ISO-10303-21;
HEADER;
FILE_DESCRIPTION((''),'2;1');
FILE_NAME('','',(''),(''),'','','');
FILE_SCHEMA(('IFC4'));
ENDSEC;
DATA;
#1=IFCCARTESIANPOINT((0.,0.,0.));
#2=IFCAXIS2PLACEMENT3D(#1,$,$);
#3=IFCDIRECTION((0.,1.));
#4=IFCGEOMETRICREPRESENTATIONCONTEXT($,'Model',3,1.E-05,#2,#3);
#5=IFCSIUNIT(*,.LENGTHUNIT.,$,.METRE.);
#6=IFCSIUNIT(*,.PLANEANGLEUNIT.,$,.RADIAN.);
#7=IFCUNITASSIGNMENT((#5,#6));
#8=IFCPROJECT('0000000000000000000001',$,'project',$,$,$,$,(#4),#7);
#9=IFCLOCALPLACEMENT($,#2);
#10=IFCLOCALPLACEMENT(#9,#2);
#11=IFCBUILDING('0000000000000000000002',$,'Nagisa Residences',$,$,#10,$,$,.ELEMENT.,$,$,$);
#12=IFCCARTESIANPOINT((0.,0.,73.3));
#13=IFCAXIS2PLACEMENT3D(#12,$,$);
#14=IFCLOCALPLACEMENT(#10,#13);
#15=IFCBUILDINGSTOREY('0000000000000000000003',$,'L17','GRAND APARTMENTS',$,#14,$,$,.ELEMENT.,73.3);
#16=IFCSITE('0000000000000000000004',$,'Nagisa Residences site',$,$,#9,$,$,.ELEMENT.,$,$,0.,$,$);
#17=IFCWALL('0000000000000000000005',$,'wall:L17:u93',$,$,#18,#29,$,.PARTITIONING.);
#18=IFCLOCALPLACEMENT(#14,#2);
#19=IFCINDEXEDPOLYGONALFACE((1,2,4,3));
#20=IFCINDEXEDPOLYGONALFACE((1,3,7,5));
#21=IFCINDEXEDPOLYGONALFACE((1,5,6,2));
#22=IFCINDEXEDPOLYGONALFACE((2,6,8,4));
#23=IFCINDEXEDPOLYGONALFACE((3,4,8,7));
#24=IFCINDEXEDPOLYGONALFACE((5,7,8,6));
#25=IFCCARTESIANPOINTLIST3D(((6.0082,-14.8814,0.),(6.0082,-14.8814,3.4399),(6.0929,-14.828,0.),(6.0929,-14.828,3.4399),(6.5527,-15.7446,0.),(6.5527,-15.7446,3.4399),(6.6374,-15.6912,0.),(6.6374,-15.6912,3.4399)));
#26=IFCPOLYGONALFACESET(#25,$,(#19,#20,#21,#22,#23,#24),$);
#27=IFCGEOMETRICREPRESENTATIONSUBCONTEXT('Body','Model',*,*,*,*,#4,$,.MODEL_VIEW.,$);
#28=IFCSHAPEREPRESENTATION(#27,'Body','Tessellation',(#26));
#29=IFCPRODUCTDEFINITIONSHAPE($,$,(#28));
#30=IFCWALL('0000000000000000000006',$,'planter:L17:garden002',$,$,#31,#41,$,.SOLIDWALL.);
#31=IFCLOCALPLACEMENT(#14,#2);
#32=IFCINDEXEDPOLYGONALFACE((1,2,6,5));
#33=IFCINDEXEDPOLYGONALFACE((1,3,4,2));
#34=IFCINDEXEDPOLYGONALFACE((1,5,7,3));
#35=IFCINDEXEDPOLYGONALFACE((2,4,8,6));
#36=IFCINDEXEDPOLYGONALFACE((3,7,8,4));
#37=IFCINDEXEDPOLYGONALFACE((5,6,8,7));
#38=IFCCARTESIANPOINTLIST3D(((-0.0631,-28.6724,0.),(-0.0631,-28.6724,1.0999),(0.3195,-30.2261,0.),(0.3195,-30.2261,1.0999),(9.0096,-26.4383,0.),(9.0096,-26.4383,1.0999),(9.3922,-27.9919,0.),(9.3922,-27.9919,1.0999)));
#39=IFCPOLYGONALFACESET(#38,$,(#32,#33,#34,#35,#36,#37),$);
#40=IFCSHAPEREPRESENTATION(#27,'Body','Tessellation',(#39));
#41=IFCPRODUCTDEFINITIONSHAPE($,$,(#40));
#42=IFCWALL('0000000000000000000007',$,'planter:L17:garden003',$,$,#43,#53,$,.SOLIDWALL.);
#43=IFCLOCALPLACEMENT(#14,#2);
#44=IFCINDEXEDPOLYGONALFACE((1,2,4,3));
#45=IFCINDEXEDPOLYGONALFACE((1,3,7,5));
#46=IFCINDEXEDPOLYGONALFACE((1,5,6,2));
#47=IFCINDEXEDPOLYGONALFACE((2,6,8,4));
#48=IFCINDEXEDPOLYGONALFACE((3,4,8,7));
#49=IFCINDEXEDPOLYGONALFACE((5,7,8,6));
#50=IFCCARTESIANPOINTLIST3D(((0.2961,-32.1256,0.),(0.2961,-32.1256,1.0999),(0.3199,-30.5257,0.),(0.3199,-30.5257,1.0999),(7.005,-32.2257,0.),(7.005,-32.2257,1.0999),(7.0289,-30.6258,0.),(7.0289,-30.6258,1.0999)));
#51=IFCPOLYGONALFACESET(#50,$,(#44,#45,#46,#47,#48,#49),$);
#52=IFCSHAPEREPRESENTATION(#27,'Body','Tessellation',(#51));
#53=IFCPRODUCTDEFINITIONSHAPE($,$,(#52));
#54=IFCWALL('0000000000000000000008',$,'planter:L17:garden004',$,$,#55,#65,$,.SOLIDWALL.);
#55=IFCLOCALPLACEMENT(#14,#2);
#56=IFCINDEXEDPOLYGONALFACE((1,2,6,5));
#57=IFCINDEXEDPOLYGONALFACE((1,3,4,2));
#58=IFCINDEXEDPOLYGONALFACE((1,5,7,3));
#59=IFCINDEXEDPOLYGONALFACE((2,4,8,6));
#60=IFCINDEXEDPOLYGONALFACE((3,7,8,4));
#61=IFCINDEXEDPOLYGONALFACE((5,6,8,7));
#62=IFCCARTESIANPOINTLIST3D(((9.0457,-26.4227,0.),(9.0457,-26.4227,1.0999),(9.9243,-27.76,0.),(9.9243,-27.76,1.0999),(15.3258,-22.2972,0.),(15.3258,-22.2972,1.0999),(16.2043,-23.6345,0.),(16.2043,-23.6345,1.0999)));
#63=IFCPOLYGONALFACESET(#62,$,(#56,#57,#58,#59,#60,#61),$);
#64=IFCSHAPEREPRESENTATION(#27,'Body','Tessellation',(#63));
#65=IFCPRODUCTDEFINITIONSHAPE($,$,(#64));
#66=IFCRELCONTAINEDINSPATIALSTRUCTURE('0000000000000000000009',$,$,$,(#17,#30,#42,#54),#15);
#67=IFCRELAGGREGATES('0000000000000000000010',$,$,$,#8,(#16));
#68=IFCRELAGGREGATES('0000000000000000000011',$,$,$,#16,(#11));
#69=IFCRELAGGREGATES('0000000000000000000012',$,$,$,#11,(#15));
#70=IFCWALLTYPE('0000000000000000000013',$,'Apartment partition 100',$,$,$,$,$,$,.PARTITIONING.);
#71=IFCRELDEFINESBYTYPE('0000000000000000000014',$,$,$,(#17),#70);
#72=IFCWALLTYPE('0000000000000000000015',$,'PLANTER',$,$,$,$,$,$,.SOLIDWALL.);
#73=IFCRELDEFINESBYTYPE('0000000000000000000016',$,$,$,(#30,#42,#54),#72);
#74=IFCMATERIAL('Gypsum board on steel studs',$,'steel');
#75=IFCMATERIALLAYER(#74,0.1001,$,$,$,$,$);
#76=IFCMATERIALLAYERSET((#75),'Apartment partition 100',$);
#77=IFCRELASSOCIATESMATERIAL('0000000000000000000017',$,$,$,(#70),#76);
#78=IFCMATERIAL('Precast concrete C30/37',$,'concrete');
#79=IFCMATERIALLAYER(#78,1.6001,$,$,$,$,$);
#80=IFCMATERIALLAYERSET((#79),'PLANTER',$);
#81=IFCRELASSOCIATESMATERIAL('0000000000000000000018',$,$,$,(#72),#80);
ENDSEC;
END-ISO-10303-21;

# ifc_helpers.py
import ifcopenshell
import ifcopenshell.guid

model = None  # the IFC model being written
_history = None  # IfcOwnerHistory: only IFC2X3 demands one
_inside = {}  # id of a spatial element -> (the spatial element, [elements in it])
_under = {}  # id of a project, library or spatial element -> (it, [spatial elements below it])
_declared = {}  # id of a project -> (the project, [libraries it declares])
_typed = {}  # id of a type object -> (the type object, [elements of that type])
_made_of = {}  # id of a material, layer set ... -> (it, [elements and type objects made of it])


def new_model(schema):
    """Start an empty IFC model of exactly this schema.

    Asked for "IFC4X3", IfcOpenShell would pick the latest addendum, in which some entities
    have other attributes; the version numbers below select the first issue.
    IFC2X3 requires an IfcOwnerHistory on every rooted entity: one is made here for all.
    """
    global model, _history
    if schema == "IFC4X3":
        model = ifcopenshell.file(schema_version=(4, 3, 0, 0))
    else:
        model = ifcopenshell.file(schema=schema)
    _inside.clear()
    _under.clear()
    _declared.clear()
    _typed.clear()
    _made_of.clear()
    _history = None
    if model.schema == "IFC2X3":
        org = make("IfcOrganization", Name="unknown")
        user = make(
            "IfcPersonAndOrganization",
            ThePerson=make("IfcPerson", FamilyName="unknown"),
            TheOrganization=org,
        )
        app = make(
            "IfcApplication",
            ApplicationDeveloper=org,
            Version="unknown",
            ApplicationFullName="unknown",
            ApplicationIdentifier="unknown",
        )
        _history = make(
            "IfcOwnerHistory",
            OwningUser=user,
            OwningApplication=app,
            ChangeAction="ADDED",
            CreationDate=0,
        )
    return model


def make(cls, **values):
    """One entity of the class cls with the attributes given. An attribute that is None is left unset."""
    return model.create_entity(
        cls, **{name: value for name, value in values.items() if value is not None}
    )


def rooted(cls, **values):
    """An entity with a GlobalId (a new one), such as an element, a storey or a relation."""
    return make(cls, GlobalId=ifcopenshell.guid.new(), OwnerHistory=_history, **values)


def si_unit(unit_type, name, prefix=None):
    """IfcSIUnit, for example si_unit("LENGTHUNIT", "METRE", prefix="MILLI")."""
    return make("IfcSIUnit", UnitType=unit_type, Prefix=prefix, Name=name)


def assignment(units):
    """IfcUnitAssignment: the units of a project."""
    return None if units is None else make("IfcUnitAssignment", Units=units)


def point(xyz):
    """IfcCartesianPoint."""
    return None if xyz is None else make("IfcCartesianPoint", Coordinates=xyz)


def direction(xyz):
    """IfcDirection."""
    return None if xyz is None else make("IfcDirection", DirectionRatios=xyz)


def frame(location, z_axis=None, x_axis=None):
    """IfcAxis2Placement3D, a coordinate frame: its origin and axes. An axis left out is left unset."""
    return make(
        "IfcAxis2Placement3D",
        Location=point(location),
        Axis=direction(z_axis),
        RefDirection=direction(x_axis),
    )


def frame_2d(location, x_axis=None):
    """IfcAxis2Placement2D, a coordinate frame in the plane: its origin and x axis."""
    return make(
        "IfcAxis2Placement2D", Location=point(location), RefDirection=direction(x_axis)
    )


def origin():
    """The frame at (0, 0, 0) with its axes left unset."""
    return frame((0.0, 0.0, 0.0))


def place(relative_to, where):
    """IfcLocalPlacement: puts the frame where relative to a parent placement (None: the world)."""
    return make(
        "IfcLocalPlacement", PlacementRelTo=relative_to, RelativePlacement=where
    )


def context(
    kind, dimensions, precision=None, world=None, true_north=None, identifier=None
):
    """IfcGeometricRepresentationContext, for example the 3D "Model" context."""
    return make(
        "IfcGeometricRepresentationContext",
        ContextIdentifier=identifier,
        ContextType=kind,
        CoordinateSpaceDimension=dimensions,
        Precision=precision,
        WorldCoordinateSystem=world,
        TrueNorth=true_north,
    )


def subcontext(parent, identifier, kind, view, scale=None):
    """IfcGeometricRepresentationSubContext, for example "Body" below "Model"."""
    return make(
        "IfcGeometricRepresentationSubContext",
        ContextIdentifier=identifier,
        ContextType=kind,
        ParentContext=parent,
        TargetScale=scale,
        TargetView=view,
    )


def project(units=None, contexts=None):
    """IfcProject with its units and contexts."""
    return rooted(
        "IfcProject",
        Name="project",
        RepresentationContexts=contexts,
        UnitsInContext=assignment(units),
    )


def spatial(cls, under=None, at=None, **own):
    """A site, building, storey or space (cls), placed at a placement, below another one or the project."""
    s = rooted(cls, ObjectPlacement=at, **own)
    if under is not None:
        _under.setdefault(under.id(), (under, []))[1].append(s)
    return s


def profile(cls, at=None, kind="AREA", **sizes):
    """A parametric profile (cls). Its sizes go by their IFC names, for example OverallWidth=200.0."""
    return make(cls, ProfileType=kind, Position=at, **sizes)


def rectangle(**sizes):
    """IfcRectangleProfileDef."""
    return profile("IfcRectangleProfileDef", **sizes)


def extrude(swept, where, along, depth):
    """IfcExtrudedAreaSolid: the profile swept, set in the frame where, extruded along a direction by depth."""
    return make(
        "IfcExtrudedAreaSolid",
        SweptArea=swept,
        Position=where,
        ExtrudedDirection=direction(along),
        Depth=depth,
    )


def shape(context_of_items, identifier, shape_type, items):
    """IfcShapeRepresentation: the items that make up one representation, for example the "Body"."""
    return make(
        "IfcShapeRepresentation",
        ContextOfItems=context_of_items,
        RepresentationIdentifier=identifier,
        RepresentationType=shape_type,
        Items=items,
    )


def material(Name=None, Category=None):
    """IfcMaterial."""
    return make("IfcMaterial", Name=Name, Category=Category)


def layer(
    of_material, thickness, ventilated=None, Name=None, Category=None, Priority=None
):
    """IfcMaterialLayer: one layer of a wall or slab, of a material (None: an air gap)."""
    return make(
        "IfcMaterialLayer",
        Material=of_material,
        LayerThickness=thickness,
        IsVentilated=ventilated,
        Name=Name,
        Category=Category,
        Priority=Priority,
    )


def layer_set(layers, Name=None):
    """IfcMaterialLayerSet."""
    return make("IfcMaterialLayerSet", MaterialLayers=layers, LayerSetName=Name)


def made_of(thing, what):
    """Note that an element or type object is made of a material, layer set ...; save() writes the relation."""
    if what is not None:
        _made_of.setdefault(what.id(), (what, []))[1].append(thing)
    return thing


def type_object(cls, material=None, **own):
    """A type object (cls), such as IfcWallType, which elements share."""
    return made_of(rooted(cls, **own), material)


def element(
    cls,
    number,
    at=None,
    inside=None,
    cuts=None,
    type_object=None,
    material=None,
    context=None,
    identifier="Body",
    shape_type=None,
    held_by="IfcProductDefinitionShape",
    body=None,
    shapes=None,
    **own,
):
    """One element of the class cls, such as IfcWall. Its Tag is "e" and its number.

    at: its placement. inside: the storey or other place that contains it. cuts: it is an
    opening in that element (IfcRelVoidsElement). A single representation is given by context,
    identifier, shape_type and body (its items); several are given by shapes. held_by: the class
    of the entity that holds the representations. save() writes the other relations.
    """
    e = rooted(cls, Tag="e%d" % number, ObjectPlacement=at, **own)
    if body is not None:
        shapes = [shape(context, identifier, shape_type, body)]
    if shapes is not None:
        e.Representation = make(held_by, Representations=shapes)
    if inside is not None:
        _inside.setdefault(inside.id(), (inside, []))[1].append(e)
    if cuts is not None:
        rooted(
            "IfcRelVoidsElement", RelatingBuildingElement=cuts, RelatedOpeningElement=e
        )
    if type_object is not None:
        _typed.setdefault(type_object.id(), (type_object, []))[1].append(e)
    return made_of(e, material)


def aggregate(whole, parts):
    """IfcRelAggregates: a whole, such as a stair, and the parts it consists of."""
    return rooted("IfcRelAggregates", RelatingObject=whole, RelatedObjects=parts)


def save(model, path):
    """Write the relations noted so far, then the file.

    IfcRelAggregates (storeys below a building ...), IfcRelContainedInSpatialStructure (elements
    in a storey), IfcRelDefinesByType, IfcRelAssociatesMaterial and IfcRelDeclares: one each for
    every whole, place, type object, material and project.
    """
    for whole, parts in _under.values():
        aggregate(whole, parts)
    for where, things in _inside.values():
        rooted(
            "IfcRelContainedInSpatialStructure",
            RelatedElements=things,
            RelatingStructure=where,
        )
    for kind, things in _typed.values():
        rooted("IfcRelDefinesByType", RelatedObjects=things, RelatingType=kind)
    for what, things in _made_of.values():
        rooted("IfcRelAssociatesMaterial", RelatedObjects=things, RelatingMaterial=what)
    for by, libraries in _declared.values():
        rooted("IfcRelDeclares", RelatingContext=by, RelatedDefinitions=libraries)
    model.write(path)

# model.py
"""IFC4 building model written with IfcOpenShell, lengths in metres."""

from ifc_helpers import new_model, si_unit, direction, frame, frame_2d, origin, place, context, subcontext, project, spatial, rectangle, extrude, material, layer, layer_set, type_object, element, save


model = new_model("IFC4")

# Units and contexts
model_context = context("Model", 3, precision=1e-05, world=origin(), true_north=direction((0.0, 1.0)))
body_context = subcontext(model_context, "Body", "Model", "MODEL_VIEW")
ifc_project = project(units=[si_unit("LENGTHUNIT", "METRE"), si_unit("PLANEANGLEUNIT", "RADIAN")], contexts=[model_context])

# Site, building, storey
site_placement = place(None, origin())
site = spatial("IfcSite", under=ifc_project, at=site_placement, Name="Nagisa Residences site", CompositionType="ELEMENT", RefElevation=0.0)
building_placement = place(site_placement, origin())
building = spatial("IfcBuilding", under=site, at=building_placement, Name="Nagisa Residences", CompositionType="ELEMENT")
storey_placement = place(building_placement, frame((0.0, 0.0, 73.3)))
storey = spatial("IfcBuildingStorey", under=building, at=storey_placement, Name="L17", Description="GRAND APARTMENTS", CompositionType="ELEMENT", Elevation=73.3)

# Shared definitions
ifc_material_1 = material(Name="Gypsum board on steel studs", Category="steel")
ifc_layer_1 = layer(ifc_material_1, 0.1001)
ifc_layer_set_1 = layer_set([ifc_layer_1], Name="Apartment partition 100")
wall_type_1 = type_object("IfcWallType", Name="Apartment partition 100", PredefinedType="PARTITIONING", material=ifc_layer_set_1)

# Wall
wall_1_placement = place(storey_placement, frame((6.0505, -14.8547, 0.0), z_axis=(0.0, 0.0, 1.0), x_axis=(0.533543, -0.845773, 0.0)))
element("IfcWall", 1, at=wall_1_placement, inside=storey, type_object=wall_type_1, Name="wall:L17:u93", PredefinedType="PARTITIONING", context=body_context, shape_type="SweptSolid", body=[
    extrude(rectangle(XDim=1.0205, YDim=0.1001, at=frame_2d((0.5103, 0.0))), origin(), (0.0, 0.0, 1.0), 3.4399),
])

# Walls
ifc_material_2 = material(Name="Precast concrete C30/37", Category="concrete")
ifc_layer_2 = layer(ifc_material_2, 1.6001)
ifc_layer_set_2 = layer_set([ifc_layer_2], Name="PLANTER")
wall_type_2 = type_object("IfcWallType", Name="PLANTER", PredefinedType="SOLIDWALL", material=ifc_layer_set_2)
wall_2_placement = place(storey_placement, frame((0.1282, -29.4492, 0.0), z_axis=(0.0, 0.0, 1.0), x_axis=(0.970994, 0.239104, 0.0)))
element("IfcWall", 2, at=wall_2_placement, inside=storey, type_object=wall_type_2, Name="planter:L17:garden002", PredefinedType="SOLIDWALL", context=body_context, shape_type="SweptSolid", body=[
    extrude(rectangle(XDim=9.3438, YDim=1.6001, at=frame_2d((4.6719, 0.0))), origin(), (0.0, 0.0, 1.0), 1.0999),
])
wall_3_placement = place(storey_placement, frame((7.0171, -31.4258, 0.0), z_axis=(0.0, 0.0, 1.0), x_axis=(-0.999889, 0.014918, 0.0)))
element("IfcWall", 3, at=wall_3_placement, inside=storey, type_object=wall_type_2, Name="planter:L17:garden003", PredefinedType="SOLIDWALL", context=body_context, shape_type="SweptSolid", body=[
    extrude(rectangle(XDim=6.7097, YDim=1.6001, at=frame_2d((3.355, 0.0))), origin(), (0.0, 0.0, 1.0), 1.0999),
])
wall_4_placement = place(storey_placement, frame((9.4851, -27.0913, 0.0), z_axis=(0.0, 0.0, 1.0), x_axis=(0.83579, 0.549049, 0.0)))
element("IfcWall", 4, at=wall_4_placement, inside=storey, type_object=wall_type_2, Name="planter:L17:garden004", PredefinedType="SOLIDWALL", context=body_context, shape_type="SweptSolid", body=[
    extrude(rectangle(XDim=7.5139, YDim=1.6001, at=frame_2d((3.7568, 0.0))), origin(), (0.0, 0.0, 1.0), 1.0999),
])

save(model, "model.ifc")
